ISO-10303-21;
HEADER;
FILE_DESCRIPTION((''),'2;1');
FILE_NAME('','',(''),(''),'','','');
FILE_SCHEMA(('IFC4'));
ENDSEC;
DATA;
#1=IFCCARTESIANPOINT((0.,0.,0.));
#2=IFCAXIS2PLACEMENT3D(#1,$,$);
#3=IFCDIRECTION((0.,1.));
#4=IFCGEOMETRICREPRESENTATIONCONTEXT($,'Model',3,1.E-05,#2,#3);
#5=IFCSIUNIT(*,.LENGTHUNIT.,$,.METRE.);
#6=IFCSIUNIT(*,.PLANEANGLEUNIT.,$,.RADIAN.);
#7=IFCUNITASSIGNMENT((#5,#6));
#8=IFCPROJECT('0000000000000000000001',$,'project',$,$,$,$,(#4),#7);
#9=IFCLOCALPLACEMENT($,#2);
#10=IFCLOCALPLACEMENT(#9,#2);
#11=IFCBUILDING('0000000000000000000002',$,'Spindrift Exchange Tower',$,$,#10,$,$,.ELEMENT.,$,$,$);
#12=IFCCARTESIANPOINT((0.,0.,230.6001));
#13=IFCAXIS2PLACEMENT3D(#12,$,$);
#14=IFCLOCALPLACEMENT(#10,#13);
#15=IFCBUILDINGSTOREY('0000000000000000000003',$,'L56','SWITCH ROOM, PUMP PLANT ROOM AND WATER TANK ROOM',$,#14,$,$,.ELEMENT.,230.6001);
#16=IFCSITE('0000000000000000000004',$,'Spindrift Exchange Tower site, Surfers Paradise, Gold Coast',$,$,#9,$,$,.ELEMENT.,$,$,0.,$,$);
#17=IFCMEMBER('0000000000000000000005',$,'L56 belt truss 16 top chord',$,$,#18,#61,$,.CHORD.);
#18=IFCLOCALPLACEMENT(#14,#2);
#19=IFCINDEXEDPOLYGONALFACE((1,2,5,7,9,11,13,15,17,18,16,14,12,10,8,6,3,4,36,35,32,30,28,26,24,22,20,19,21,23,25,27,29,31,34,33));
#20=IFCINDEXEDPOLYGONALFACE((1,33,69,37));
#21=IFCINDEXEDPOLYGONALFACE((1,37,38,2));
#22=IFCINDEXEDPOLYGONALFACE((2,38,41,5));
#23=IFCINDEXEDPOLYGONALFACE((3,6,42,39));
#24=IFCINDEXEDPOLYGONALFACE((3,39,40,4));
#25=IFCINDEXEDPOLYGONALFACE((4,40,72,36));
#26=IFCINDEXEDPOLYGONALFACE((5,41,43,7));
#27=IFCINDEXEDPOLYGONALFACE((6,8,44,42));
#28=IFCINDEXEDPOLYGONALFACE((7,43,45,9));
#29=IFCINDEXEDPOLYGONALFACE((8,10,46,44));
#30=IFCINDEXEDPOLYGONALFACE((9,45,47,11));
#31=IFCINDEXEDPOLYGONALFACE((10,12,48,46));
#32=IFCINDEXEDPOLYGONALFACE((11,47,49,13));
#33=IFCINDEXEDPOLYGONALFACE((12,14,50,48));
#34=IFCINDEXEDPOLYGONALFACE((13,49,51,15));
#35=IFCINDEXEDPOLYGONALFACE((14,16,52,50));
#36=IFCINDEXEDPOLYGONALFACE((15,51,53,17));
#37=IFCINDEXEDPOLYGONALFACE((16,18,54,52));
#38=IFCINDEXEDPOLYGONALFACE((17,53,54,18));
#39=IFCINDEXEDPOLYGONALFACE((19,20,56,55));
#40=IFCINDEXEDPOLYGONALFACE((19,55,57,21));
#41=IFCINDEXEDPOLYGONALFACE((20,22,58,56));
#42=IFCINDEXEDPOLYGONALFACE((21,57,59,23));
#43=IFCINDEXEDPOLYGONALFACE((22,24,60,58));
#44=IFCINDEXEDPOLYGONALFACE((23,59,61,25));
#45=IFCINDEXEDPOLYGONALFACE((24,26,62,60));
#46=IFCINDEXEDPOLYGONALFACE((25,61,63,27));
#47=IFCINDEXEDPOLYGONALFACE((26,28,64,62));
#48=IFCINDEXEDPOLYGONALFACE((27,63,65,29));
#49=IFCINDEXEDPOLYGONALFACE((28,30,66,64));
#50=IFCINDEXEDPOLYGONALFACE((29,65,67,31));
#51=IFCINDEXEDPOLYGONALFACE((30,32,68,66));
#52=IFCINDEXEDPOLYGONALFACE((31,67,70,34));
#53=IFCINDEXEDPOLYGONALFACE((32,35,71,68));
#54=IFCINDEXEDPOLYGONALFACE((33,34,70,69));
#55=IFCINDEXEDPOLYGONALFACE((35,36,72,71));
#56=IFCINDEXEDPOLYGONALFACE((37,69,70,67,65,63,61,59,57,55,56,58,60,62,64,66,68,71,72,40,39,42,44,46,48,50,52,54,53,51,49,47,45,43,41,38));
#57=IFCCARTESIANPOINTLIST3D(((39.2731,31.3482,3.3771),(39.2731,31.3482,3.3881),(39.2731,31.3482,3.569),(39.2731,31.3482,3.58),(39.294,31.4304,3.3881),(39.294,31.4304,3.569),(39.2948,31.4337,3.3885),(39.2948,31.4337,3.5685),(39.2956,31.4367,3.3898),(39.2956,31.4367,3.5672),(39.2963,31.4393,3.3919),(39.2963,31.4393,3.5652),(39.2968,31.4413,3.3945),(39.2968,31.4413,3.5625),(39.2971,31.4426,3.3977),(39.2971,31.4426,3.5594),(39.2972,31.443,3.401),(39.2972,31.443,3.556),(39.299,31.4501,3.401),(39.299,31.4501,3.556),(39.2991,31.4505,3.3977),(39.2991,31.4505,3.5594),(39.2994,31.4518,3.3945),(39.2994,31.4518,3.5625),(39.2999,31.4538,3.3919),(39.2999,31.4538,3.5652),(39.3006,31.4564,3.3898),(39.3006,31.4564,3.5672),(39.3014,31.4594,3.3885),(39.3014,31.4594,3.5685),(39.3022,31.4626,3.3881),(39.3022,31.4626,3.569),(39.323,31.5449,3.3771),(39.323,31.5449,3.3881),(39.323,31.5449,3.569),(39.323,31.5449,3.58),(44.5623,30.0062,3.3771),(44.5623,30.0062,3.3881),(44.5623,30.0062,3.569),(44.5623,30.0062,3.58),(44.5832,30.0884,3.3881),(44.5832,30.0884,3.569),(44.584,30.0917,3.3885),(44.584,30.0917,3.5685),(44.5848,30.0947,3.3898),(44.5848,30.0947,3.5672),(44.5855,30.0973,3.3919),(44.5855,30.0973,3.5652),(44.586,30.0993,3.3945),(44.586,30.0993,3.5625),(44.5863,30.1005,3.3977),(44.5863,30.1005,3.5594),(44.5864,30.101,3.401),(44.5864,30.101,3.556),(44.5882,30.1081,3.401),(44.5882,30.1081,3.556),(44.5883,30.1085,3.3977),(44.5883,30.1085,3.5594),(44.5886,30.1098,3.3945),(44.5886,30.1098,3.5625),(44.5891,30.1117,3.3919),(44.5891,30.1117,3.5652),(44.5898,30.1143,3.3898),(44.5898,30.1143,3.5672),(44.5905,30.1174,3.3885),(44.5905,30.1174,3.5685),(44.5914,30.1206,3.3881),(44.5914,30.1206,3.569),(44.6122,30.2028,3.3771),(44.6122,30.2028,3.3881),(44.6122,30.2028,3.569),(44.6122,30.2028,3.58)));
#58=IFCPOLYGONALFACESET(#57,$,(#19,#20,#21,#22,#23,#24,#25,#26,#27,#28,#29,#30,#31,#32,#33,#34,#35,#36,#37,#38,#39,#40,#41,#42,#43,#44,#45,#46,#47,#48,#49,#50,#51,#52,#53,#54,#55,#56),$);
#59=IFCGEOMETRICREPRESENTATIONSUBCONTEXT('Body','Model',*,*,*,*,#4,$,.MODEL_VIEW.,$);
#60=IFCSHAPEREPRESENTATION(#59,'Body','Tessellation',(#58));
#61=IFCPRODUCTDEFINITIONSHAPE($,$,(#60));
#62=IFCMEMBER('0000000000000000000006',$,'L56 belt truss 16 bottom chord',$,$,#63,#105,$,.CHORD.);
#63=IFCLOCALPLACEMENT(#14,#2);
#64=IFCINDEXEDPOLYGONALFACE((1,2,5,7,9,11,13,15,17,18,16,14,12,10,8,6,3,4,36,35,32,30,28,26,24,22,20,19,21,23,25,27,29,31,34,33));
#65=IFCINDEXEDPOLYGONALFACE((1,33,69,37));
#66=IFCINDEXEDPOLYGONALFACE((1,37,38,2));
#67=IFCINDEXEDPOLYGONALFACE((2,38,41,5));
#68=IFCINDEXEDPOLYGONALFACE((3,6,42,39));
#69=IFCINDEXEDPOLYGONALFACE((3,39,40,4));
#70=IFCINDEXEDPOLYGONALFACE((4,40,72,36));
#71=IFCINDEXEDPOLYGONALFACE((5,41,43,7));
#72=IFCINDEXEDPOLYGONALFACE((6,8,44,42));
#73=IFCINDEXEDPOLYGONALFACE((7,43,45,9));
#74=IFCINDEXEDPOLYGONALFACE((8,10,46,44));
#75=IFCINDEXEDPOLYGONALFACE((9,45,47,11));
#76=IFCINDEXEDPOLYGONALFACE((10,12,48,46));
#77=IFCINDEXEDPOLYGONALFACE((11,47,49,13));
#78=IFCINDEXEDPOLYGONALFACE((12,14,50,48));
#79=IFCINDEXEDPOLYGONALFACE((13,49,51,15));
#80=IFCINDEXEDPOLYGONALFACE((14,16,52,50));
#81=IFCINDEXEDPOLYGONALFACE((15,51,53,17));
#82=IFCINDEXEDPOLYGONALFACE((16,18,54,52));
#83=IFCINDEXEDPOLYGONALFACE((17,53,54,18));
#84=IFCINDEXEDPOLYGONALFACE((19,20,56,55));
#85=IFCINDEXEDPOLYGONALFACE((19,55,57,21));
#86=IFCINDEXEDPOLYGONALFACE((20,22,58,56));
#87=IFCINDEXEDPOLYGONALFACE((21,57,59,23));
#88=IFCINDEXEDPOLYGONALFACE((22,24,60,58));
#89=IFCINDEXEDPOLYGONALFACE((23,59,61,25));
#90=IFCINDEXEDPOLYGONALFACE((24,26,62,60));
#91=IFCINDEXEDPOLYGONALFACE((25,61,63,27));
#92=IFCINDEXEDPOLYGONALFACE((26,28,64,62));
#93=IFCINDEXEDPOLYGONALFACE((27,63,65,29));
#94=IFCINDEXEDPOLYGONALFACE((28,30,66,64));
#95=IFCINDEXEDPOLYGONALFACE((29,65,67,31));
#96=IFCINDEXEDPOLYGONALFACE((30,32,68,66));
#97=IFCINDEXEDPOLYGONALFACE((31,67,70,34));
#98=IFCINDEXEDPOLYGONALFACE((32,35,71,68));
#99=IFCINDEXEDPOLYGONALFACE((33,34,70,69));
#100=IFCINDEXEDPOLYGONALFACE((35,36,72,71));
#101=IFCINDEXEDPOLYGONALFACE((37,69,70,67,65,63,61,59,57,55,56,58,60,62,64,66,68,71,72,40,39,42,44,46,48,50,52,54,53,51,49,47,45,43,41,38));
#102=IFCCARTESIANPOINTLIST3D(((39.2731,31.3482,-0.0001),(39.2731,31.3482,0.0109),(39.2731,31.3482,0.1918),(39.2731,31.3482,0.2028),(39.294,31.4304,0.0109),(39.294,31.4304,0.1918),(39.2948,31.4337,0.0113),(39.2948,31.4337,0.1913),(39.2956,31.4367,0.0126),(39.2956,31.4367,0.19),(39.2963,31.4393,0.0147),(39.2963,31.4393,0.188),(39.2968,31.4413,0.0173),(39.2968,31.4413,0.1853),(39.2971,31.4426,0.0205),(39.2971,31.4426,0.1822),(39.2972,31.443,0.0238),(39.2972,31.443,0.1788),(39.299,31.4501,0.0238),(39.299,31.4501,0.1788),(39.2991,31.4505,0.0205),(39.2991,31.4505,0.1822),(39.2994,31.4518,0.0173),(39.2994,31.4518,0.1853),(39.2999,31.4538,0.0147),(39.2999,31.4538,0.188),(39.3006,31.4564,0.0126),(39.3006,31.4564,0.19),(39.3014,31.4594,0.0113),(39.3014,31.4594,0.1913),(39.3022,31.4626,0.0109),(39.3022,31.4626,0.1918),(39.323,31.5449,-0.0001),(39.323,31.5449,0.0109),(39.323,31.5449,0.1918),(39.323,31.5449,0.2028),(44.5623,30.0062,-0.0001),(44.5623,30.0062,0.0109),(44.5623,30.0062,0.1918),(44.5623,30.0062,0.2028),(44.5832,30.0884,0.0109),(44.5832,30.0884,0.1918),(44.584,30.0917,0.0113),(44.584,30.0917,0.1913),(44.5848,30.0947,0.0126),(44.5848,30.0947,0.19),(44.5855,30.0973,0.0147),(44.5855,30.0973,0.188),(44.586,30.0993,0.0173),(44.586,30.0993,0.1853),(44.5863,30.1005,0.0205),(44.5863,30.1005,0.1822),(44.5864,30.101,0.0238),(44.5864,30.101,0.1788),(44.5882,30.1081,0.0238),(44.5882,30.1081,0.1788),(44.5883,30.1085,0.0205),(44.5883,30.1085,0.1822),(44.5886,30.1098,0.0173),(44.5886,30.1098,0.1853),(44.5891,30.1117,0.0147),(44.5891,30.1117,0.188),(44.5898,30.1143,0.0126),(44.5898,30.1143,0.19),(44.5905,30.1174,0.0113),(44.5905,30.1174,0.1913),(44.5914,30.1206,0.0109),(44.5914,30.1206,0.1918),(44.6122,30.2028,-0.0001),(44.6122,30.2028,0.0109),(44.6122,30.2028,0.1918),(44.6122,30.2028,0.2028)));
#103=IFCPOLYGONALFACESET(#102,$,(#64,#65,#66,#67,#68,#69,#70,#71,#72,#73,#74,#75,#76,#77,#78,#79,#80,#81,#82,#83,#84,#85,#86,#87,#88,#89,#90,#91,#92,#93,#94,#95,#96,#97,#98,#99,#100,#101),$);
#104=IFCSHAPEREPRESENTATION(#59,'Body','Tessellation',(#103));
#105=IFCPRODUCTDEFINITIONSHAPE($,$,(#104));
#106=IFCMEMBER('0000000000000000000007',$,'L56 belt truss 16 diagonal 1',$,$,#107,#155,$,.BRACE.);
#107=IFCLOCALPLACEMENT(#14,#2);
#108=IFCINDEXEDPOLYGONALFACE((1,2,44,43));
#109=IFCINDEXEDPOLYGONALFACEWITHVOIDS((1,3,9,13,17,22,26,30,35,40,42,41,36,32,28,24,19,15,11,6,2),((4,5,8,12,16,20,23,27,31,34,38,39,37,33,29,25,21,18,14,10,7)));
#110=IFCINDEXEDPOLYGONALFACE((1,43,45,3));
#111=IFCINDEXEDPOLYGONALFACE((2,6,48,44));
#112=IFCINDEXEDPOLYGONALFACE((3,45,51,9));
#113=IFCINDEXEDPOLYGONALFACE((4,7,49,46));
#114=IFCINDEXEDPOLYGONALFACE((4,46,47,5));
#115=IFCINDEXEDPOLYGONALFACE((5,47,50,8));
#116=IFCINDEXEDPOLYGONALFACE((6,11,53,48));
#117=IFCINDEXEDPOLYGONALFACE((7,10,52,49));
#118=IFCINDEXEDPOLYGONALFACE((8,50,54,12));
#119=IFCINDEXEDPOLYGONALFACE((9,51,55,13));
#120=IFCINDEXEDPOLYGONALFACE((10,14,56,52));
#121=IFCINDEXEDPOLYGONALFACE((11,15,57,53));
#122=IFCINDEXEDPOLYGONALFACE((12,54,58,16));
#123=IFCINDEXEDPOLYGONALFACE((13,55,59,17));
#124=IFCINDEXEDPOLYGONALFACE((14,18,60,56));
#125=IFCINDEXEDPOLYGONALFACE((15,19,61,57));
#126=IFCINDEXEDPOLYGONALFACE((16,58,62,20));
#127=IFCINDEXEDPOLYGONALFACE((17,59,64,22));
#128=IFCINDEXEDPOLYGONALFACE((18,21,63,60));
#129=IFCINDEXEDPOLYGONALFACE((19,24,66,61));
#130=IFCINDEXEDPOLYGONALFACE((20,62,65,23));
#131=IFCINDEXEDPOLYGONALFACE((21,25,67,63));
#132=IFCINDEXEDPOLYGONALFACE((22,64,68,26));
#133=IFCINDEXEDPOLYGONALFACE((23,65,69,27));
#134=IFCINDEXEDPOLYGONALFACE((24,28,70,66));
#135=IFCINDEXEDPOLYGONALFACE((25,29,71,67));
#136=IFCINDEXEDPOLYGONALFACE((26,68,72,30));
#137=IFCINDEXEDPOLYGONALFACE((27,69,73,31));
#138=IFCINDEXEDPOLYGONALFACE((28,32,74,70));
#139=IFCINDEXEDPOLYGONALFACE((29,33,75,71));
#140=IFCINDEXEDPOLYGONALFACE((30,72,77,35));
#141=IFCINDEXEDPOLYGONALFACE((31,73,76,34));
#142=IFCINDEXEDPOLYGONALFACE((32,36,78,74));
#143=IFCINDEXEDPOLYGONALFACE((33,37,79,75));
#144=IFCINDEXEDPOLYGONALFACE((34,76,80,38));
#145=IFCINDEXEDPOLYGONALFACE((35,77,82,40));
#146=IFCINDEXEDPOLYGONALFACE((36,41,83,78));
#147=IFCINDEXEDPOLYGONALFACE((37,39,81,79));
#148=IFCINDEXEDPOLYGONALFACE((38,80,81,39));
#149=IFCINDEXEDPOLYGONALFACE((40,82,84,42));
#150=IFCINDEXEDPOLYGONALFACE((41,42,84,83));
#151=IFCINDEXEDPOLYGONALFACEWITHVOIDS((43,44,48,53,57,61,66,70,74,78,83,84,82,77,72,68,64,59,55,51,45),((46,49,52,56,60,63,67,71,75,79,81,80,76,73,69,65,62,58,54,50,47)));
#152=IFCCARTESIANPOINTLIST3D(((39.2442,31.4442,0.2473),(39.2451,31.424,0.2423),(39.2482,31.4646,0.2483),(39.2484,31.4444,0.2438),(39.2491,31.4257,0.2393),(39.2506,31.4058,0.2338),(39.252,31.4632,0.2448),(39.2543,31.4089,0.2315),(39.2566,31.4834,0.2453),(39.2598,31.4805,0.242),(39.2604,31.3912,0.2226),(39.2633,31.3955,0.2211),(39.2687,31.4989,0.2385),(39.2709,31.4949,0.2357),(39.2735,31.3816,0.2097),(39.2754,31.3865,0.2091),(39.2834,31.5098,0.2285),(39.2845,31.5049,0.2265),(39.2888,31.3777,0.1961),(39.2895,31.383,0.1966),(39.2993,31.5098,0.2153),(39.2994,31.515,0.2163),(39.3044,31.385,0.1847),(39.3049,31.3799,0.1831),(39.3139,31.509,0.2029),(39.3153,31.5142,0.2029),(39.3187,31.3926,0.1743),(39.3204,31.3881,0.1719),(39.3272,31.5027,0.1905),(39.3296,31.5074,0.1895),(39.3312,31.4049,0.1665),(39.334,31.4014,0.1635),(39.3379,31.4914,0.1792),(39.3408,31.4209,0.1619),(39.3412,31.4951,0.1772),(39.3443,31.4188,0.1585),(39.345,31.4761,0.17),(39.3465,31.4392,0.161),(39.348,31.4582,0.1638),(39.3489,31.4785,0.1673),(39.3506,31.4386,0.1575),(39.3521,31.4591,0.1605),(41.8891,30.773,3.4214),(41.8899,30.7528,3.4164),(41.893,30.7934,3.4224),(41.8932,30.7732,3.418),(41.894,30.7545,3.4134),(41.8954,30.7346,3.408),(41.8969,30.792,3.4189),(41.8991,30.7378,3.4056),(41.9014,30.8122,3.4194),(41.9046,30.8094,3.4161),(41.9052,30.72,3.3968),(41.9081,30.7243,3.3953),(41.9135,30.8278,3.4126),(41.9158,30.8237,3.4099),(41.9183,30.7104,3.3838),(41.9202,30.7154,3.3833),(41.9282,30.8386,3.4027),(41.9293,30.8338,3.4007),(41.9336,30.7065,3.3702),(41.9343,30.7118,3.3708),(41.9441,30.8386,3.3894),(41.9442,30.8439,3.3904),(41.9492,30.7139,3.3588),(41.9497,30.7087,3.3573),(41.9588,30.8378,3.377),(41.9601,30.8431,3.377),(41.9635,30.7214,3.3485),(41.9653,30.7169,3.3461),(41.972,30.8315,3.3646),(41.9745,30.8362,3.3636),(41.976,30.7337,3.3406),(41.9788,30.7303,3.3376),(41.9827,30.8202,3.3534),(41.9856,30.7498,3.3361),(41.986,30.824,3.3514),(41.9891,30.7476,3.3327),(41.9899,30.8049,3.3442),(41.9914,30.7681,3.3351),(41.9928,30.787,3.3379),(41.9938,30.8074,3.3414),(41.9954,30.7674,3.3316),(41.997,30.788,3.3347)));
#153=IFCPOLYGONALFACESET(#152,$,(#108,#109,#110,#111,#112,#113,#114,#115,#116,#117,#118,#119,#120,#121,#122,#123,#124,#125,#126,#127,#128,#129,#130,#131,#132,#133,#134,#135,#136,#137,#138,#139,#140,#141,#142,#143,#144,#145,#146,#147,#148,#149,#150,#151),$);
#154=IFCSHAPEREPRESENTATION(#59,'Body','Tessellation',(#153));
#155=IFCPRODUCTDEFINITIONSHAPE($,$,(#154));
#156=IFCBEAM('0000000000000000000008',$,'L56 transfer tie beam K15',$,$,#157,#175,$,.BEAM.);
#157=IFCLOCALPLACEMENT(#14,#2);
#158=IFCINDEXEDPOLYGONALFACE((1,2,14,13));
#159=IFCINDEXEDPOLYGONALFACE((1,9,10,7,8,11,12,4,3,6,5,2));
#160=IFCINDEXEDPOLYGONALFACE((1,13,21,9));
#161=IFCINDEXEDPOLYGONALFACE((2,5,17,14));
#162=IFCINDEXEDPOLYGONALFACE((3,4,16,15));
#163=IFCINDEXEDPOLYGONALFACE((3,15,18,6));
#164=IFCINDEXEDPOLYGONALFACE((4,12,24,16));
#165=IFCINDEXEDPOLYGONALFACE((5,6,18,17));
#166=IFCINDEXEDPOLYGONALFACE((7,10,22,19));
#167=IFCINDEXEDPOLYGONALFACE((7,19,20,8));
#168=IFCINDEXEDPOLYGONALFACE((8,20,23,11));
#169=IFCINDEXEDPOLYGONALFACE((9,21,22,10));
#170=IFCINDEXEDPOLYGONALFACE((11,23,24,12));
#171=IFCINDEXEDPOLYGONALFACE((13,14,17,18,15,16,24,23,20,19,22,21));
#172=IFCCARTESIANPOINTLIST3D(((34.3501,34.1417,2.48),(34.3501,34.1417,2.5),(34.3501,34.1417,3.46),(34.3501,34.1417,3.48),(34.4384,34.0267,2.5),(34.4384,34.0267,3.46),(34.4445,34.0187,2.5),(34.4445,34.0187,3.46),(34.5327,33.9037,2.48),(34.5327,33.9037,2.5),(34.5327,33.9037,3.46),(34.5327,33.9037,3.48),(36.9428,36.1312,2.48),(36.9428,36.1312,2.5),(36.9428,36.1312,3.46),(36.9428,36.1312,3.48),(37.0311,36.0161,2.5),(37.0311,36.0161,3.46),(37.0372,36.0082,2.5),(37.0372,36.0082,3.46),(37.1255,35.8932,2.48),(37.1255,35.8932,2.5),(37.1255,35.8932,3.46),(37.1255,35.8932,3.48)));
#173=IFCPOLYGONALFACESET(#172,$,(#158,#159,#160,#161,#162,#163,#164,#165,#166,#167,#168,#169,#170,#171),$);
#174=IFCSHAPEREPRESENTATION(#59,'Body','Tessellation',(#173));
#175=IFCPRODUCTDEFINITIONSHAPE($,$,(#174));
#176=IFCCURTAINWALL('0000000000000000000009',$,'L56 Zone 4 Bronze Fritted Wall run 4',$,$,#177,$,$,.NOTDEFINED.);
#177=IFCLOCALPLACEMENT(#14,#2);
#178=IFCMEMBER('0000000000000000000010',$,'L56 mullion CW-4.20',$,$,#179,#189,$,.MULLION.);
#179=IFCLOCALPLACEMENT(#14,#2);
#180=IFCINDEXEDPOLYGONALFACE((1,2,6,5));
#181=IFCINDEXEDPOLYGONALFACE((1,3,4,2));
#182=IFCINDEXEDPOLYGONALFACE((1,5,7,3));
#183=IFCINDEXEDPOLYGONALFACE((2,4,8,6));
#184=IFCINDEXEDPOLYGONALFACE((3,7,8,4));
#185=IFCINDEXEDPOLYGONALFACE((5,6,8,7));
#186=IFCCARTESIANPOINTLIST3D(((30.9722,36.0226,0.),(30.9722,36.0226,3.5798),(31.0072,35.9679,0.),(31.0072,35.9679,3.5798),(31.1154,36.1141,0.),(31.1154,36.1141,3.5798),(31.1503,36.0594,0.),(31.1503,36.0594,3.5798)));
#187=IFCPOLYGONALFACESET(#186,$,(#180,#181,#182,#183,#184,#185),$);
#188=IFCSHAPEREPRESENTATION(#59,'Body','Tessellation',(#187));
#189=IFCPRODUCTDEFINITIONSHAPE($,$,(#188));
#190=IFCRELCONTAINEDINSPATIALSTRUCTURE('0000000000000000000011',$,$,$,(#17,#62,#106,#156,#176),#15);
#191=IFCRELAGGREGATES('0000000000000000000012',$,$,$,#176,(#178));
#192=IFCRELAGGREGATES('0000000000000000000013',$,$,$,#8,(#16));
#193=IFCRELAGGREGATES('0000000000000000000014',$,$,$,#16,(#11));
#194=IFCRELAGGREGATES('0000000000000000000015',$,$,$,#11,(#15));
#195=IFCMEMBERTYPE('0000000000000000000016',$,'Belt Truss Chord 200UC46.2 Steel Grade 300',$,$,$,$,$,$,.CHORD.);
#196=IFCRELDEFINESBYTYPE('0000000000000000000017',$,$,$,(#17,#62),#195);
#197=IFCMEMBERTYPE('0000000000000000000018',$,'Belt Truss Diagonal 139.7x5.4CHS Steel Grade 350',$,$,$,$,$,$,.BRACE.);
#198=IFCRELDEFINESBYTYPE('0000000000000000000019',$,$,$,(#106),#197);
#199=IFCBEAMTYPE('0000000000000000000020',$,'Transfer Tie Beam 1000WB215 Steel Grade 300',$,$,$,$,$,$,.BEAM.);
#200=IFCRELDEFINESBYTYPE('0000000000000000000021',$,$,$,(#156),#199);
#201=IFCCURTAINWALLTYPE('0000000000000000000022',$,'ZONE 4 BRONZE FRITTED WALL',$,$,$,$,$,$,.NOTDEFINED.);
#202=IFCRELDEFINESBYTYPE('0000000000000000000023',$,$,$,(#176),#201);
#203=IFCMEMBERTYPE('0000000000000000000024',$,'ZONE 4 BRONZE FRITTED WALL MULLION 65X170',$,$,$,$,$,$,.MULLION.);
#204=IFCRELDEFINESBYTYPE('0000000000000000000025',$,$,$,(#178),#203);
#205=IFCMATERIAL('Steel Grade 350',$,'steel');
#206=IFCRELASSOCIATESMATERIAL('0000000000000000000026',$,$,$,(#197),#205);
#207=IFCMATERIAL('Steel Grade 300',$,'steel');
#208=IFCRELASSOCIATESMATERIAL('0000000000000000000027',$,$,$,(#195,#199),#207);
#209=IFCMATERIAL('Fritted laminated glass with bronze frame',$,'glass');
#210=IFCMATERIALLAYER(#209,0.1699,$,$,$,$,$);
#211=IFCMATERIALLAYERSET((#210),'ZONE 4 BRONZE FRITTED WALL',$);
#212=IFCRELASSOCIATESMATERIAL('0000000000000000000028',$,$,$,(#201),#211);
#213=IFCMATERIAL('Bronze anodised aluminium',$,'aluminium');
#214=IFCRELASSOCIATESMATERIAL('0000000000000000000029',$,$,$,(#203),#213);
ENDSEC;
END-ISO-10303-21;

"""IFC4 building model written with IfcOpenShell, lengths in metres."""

from ifc_helpers import new_model, si_unit, direction, frame, origin, origin_2d, place, context, subcontext, project, spatial, rectangle, hollow_circle, i_section, extrude, source, transform, mapped, material, layer, layer_set, material_profile, profile_set, type_object, element, aggregate, save


model = new_model("IFC4")

# Units and contexts
model_context = context("Model", 3, precision=1e-05, world=origin(), true_north=direction((0.0, 1.0)))
body_context = subcontext(model_context, "Body", "Model", "MODEL_VIEW")
ifc_project = project(units=[si_unit("LENGTHUNIT", "METRE"), si_unit("PLANEANGLEUNIT", "RADIAN")], contexts=[model_context])

# Site, building, storey
site_placement = place(None, origin())
site = spatial("IfcSite", under=ifc_project, at=site_placement, Name="Spindrift Exchange Tower site, Surfers Paradise, Gold Coast", CompositionType="ELEMENT", RefElevation=0.0)
building_placement = place(site_placement, origin())
building = spatial("IfcBuilding", under=site, at=building_placement, Name="Spindrift Exchange Tower", CompositionType="ELEMENT")
storey_placement = place(building_placement, frame((0.0, 0.0, 230.6001)))
storey = spatial("IfcBuildingStorey", under=building, at=storey_placement, Name="L56", Description="SWITCH ROOM, PUMP PLANT ROOM AND WATER TANK ROOM", CompositionType="ELEMENT", Elevation=230.6001)

# Members
ifc_material_1 = material(Name="Steel Grade 350", Category="steel")
ifc_material_profile_1 = material_profile(ifc_material_1, hollow_circle(Radius=0.0698, WallThickness=0.0054, at=origin_2d()), Name="139.7x5.4CHS")
ifc_profile_set_1 = profile_set([ifc_material_profile_1], Name="Steel Grade 350")
member_type_1 = type_object("IfcMemberType", Name="Belt Truss Diagonal 139.7x5.4CHS Steel Grade 350", PredefinedType="BRACE", material=ifc_profile_set_1)
ifc_material_2 = material(Name="Steel Grade 300", Category="steel")
ifc_material_profile_2 = material_profile(ifc_material_2, i_section(OverallWidth=0.2029, OverallDepth=0.2029, WebThickness=0.0073, FlangeThickness=0.011, FilletRadius=0.0129, at=origin_2d()), Name="200UC46.2")
ifc_profile_set_2 = profile_set([ifc_material_profile_2], Name="Steel Grade 300")
member_type_2 = type_object("IfcMemberType", Name="Belt Truss Chord 200UC46.2 Steel Grade 300", PredefinedType="CHORD", material=ifc_profile_set_2)
shared_shape_1 = source(origin(), body_context, "Body", "SweptSolid", [
    extrude(i_section(OverallWidth=0.2029, OverallDepth=0.2029, WebThickness=0.0073, FlangeThickness=0.011, FilletRadius=0.0129, at=origin_2d()), origin(), (0.0, 0.0, 1.0), 5.4568),
])
for number, where, z_axis, x_axis, name in (
    (1, (39.2981, 31.4465, 3.4785), (0.969286, -0.245934, 0.0), (0.245934, 0.969286, 0.0), "L56 belt truss 16 top chord"),
    (2, (39.2981, 31.4465, 0.1013), (0.969286, -0.245934, 0.0), (0.245934, 0.969286, 0.0), "L56 belt truss 16 bottom chord"),
):
    element("IfcMember", number, at=place(storey_placement, frame(where, z_axis=z_axis, x_axis=x_axis)), inside=storey, type_object=member_type_2, Name=name, PredefinedType="CHORD", context=body_context, shape_type="MappedRepresentation", body=[
        mapped(shared_shape_1, transform((0.0, 0.0, 0.0), scale=1.0)),
    ])
shared_shape_2 = source(origin(), body_context, "Body", "SweptSolid", [
    extrude(hollow_circle(Radius=0.0698, WallThickness=0.0054, at=origin_2d()), origin(), (0.0, 0.0, 1.0), 4.1858),
])
member_1_placement = place(storey_placement, frame((39.2981, 31.4465, 0.2029), z_axis=(0.631861, -0.160342, 0.758315), x_axis=(0.245966, 0.969279, 0.0)))
element("IfcMember", 3, at=member_1_placement, inside=storey, type_object=member_type_1, Name="L56 belt truss 16 diagonal 1", PredefinedType="BRACE", context=body_context, shape_type="MappedRepresentation", body=[
    mapped(shared_shape_2, transform((0.0, 0.0, 0.0), scale=1.0)),
])

# Beam
ifc_material_profile_3 = material_profile(ifc_material_2, i_section(OverallWidth=0.3, OverallDepth=1.0, WebThickness=0.01, FlangeThickness=0.02, at=origin_2d()), Name="1000WB215")
ifc_profile_set_3 = profile_set([ifc_material_profile_3], Name="Steel Grade 300")
beam_type = type_object("IfcBeamType", Name="Transfer Tie Beam 1000WB215 Steel Grade 300", PredefinedType="BEAM", material=ifc_profile_set_3)
shared_shape_3 = source(origin(), body_context, "Body", "SweptSolid", [
    extrude(i_section(OverallWidth=0.3, OverallDepth=1.0, WebThickness=0.01, FlangeThickness=0.02, at=origin_2d()), origin(), (0.0, 0.0, 1.0), 3.2681),
])
beam_placement = place(storey_placement, frame((34.4414, 34.0227, 2.98), z_axis=(0.793354, 0.608761, 0.0), x_axis=(-0.608761, 0.793354, 0.0)))
element("IfcBeam", 4, at=beam_placement, inside=storey, type_object=beam_type, Name="L56 transfer tie beam K15", PredefinedType="BEAM", context=body_context, shape_type="MappedRepresentation", body=[
    mapped(shared_shape_3, transform((0.0, 0.0, 0.0), scale=1.0)),
])

# Curtain wall, member
ifc_material_3 = material(Name="Fritted laminated glass with bronze frame", Category="glass")
ifc_layer_1 = layer(ifc_material_3, 0.1699)
ifc_layer_set_1 = layer_set([ifc_layer_1], Name="ZONE 4 BRONZE FRITTED WALL")
curtain_wall_type = type_object("IfcCurtainWallType", Name="ZONE 4 BRONZE FRITTED WALL", PredefinedType="NOTDEFINED", material=ifc_layer_set_1)
curtain_wall_placement = place(storey_placement, origin())
curtain_wall = element("IfcCurtainWall", 5, at=curtain_wall_placement, inside=storey, type_object=curtain_wall_type, Name="L56 Zone 4 Bronze Fritted Wall run 4", PredefinedType="NOTDEFINED")
ifc_material_4 = material(Name="Bronze anodised aluminium", Category="aluminium")
ifc_material_profile_4 = material_profile(ifc_material_4, rectangle(XDim=0.0649, YDim=0.1699, at=origin_2d()), Name="ZONE 4 BRONZE FRITTED WALL MULLION 65X170")
ifc_profile_set_4 = profile_set([ifc_material_profile_4], Name="Bronze anodised aluminium")
member_type_3 = type_object("IfcMemberType", Name="ZONE 4 BRONZE FRITTED WALL MULLION 65X170", PredefinedType="MULLION", material=ifc_profile_set_4)
shared_shape_4 = source(origin(), body_context, "Body", "SweptSolid", [
    extrude(rectangle(XDim=0.0649, YDim=0.1699, at=origin_2d()), origin(), (0.0, 0.0, 1.0), 3.5798),
])
member_2_placement = place(storey_placement, frame((31.0613, 36.041, 0.0), z_axis=(0.0, 0.0, 1.0), x_axis=(0.538739, -0.842472, 0.0)))
member_2 = element("IfcMember", 6, at=member_2_placement, type_object=member_type_3, Name="L56 mullion CW-4.20", PredefinedType="MULLION", context=body_context, shape_type="MappedRepresentation", body=[
    mapped(shared_shape_4, transform((0.0, 0.0, 0.0), scale=1.0)),
])

aggregate(curtain_wall, [member_2])

save(model, "model.ifc")
